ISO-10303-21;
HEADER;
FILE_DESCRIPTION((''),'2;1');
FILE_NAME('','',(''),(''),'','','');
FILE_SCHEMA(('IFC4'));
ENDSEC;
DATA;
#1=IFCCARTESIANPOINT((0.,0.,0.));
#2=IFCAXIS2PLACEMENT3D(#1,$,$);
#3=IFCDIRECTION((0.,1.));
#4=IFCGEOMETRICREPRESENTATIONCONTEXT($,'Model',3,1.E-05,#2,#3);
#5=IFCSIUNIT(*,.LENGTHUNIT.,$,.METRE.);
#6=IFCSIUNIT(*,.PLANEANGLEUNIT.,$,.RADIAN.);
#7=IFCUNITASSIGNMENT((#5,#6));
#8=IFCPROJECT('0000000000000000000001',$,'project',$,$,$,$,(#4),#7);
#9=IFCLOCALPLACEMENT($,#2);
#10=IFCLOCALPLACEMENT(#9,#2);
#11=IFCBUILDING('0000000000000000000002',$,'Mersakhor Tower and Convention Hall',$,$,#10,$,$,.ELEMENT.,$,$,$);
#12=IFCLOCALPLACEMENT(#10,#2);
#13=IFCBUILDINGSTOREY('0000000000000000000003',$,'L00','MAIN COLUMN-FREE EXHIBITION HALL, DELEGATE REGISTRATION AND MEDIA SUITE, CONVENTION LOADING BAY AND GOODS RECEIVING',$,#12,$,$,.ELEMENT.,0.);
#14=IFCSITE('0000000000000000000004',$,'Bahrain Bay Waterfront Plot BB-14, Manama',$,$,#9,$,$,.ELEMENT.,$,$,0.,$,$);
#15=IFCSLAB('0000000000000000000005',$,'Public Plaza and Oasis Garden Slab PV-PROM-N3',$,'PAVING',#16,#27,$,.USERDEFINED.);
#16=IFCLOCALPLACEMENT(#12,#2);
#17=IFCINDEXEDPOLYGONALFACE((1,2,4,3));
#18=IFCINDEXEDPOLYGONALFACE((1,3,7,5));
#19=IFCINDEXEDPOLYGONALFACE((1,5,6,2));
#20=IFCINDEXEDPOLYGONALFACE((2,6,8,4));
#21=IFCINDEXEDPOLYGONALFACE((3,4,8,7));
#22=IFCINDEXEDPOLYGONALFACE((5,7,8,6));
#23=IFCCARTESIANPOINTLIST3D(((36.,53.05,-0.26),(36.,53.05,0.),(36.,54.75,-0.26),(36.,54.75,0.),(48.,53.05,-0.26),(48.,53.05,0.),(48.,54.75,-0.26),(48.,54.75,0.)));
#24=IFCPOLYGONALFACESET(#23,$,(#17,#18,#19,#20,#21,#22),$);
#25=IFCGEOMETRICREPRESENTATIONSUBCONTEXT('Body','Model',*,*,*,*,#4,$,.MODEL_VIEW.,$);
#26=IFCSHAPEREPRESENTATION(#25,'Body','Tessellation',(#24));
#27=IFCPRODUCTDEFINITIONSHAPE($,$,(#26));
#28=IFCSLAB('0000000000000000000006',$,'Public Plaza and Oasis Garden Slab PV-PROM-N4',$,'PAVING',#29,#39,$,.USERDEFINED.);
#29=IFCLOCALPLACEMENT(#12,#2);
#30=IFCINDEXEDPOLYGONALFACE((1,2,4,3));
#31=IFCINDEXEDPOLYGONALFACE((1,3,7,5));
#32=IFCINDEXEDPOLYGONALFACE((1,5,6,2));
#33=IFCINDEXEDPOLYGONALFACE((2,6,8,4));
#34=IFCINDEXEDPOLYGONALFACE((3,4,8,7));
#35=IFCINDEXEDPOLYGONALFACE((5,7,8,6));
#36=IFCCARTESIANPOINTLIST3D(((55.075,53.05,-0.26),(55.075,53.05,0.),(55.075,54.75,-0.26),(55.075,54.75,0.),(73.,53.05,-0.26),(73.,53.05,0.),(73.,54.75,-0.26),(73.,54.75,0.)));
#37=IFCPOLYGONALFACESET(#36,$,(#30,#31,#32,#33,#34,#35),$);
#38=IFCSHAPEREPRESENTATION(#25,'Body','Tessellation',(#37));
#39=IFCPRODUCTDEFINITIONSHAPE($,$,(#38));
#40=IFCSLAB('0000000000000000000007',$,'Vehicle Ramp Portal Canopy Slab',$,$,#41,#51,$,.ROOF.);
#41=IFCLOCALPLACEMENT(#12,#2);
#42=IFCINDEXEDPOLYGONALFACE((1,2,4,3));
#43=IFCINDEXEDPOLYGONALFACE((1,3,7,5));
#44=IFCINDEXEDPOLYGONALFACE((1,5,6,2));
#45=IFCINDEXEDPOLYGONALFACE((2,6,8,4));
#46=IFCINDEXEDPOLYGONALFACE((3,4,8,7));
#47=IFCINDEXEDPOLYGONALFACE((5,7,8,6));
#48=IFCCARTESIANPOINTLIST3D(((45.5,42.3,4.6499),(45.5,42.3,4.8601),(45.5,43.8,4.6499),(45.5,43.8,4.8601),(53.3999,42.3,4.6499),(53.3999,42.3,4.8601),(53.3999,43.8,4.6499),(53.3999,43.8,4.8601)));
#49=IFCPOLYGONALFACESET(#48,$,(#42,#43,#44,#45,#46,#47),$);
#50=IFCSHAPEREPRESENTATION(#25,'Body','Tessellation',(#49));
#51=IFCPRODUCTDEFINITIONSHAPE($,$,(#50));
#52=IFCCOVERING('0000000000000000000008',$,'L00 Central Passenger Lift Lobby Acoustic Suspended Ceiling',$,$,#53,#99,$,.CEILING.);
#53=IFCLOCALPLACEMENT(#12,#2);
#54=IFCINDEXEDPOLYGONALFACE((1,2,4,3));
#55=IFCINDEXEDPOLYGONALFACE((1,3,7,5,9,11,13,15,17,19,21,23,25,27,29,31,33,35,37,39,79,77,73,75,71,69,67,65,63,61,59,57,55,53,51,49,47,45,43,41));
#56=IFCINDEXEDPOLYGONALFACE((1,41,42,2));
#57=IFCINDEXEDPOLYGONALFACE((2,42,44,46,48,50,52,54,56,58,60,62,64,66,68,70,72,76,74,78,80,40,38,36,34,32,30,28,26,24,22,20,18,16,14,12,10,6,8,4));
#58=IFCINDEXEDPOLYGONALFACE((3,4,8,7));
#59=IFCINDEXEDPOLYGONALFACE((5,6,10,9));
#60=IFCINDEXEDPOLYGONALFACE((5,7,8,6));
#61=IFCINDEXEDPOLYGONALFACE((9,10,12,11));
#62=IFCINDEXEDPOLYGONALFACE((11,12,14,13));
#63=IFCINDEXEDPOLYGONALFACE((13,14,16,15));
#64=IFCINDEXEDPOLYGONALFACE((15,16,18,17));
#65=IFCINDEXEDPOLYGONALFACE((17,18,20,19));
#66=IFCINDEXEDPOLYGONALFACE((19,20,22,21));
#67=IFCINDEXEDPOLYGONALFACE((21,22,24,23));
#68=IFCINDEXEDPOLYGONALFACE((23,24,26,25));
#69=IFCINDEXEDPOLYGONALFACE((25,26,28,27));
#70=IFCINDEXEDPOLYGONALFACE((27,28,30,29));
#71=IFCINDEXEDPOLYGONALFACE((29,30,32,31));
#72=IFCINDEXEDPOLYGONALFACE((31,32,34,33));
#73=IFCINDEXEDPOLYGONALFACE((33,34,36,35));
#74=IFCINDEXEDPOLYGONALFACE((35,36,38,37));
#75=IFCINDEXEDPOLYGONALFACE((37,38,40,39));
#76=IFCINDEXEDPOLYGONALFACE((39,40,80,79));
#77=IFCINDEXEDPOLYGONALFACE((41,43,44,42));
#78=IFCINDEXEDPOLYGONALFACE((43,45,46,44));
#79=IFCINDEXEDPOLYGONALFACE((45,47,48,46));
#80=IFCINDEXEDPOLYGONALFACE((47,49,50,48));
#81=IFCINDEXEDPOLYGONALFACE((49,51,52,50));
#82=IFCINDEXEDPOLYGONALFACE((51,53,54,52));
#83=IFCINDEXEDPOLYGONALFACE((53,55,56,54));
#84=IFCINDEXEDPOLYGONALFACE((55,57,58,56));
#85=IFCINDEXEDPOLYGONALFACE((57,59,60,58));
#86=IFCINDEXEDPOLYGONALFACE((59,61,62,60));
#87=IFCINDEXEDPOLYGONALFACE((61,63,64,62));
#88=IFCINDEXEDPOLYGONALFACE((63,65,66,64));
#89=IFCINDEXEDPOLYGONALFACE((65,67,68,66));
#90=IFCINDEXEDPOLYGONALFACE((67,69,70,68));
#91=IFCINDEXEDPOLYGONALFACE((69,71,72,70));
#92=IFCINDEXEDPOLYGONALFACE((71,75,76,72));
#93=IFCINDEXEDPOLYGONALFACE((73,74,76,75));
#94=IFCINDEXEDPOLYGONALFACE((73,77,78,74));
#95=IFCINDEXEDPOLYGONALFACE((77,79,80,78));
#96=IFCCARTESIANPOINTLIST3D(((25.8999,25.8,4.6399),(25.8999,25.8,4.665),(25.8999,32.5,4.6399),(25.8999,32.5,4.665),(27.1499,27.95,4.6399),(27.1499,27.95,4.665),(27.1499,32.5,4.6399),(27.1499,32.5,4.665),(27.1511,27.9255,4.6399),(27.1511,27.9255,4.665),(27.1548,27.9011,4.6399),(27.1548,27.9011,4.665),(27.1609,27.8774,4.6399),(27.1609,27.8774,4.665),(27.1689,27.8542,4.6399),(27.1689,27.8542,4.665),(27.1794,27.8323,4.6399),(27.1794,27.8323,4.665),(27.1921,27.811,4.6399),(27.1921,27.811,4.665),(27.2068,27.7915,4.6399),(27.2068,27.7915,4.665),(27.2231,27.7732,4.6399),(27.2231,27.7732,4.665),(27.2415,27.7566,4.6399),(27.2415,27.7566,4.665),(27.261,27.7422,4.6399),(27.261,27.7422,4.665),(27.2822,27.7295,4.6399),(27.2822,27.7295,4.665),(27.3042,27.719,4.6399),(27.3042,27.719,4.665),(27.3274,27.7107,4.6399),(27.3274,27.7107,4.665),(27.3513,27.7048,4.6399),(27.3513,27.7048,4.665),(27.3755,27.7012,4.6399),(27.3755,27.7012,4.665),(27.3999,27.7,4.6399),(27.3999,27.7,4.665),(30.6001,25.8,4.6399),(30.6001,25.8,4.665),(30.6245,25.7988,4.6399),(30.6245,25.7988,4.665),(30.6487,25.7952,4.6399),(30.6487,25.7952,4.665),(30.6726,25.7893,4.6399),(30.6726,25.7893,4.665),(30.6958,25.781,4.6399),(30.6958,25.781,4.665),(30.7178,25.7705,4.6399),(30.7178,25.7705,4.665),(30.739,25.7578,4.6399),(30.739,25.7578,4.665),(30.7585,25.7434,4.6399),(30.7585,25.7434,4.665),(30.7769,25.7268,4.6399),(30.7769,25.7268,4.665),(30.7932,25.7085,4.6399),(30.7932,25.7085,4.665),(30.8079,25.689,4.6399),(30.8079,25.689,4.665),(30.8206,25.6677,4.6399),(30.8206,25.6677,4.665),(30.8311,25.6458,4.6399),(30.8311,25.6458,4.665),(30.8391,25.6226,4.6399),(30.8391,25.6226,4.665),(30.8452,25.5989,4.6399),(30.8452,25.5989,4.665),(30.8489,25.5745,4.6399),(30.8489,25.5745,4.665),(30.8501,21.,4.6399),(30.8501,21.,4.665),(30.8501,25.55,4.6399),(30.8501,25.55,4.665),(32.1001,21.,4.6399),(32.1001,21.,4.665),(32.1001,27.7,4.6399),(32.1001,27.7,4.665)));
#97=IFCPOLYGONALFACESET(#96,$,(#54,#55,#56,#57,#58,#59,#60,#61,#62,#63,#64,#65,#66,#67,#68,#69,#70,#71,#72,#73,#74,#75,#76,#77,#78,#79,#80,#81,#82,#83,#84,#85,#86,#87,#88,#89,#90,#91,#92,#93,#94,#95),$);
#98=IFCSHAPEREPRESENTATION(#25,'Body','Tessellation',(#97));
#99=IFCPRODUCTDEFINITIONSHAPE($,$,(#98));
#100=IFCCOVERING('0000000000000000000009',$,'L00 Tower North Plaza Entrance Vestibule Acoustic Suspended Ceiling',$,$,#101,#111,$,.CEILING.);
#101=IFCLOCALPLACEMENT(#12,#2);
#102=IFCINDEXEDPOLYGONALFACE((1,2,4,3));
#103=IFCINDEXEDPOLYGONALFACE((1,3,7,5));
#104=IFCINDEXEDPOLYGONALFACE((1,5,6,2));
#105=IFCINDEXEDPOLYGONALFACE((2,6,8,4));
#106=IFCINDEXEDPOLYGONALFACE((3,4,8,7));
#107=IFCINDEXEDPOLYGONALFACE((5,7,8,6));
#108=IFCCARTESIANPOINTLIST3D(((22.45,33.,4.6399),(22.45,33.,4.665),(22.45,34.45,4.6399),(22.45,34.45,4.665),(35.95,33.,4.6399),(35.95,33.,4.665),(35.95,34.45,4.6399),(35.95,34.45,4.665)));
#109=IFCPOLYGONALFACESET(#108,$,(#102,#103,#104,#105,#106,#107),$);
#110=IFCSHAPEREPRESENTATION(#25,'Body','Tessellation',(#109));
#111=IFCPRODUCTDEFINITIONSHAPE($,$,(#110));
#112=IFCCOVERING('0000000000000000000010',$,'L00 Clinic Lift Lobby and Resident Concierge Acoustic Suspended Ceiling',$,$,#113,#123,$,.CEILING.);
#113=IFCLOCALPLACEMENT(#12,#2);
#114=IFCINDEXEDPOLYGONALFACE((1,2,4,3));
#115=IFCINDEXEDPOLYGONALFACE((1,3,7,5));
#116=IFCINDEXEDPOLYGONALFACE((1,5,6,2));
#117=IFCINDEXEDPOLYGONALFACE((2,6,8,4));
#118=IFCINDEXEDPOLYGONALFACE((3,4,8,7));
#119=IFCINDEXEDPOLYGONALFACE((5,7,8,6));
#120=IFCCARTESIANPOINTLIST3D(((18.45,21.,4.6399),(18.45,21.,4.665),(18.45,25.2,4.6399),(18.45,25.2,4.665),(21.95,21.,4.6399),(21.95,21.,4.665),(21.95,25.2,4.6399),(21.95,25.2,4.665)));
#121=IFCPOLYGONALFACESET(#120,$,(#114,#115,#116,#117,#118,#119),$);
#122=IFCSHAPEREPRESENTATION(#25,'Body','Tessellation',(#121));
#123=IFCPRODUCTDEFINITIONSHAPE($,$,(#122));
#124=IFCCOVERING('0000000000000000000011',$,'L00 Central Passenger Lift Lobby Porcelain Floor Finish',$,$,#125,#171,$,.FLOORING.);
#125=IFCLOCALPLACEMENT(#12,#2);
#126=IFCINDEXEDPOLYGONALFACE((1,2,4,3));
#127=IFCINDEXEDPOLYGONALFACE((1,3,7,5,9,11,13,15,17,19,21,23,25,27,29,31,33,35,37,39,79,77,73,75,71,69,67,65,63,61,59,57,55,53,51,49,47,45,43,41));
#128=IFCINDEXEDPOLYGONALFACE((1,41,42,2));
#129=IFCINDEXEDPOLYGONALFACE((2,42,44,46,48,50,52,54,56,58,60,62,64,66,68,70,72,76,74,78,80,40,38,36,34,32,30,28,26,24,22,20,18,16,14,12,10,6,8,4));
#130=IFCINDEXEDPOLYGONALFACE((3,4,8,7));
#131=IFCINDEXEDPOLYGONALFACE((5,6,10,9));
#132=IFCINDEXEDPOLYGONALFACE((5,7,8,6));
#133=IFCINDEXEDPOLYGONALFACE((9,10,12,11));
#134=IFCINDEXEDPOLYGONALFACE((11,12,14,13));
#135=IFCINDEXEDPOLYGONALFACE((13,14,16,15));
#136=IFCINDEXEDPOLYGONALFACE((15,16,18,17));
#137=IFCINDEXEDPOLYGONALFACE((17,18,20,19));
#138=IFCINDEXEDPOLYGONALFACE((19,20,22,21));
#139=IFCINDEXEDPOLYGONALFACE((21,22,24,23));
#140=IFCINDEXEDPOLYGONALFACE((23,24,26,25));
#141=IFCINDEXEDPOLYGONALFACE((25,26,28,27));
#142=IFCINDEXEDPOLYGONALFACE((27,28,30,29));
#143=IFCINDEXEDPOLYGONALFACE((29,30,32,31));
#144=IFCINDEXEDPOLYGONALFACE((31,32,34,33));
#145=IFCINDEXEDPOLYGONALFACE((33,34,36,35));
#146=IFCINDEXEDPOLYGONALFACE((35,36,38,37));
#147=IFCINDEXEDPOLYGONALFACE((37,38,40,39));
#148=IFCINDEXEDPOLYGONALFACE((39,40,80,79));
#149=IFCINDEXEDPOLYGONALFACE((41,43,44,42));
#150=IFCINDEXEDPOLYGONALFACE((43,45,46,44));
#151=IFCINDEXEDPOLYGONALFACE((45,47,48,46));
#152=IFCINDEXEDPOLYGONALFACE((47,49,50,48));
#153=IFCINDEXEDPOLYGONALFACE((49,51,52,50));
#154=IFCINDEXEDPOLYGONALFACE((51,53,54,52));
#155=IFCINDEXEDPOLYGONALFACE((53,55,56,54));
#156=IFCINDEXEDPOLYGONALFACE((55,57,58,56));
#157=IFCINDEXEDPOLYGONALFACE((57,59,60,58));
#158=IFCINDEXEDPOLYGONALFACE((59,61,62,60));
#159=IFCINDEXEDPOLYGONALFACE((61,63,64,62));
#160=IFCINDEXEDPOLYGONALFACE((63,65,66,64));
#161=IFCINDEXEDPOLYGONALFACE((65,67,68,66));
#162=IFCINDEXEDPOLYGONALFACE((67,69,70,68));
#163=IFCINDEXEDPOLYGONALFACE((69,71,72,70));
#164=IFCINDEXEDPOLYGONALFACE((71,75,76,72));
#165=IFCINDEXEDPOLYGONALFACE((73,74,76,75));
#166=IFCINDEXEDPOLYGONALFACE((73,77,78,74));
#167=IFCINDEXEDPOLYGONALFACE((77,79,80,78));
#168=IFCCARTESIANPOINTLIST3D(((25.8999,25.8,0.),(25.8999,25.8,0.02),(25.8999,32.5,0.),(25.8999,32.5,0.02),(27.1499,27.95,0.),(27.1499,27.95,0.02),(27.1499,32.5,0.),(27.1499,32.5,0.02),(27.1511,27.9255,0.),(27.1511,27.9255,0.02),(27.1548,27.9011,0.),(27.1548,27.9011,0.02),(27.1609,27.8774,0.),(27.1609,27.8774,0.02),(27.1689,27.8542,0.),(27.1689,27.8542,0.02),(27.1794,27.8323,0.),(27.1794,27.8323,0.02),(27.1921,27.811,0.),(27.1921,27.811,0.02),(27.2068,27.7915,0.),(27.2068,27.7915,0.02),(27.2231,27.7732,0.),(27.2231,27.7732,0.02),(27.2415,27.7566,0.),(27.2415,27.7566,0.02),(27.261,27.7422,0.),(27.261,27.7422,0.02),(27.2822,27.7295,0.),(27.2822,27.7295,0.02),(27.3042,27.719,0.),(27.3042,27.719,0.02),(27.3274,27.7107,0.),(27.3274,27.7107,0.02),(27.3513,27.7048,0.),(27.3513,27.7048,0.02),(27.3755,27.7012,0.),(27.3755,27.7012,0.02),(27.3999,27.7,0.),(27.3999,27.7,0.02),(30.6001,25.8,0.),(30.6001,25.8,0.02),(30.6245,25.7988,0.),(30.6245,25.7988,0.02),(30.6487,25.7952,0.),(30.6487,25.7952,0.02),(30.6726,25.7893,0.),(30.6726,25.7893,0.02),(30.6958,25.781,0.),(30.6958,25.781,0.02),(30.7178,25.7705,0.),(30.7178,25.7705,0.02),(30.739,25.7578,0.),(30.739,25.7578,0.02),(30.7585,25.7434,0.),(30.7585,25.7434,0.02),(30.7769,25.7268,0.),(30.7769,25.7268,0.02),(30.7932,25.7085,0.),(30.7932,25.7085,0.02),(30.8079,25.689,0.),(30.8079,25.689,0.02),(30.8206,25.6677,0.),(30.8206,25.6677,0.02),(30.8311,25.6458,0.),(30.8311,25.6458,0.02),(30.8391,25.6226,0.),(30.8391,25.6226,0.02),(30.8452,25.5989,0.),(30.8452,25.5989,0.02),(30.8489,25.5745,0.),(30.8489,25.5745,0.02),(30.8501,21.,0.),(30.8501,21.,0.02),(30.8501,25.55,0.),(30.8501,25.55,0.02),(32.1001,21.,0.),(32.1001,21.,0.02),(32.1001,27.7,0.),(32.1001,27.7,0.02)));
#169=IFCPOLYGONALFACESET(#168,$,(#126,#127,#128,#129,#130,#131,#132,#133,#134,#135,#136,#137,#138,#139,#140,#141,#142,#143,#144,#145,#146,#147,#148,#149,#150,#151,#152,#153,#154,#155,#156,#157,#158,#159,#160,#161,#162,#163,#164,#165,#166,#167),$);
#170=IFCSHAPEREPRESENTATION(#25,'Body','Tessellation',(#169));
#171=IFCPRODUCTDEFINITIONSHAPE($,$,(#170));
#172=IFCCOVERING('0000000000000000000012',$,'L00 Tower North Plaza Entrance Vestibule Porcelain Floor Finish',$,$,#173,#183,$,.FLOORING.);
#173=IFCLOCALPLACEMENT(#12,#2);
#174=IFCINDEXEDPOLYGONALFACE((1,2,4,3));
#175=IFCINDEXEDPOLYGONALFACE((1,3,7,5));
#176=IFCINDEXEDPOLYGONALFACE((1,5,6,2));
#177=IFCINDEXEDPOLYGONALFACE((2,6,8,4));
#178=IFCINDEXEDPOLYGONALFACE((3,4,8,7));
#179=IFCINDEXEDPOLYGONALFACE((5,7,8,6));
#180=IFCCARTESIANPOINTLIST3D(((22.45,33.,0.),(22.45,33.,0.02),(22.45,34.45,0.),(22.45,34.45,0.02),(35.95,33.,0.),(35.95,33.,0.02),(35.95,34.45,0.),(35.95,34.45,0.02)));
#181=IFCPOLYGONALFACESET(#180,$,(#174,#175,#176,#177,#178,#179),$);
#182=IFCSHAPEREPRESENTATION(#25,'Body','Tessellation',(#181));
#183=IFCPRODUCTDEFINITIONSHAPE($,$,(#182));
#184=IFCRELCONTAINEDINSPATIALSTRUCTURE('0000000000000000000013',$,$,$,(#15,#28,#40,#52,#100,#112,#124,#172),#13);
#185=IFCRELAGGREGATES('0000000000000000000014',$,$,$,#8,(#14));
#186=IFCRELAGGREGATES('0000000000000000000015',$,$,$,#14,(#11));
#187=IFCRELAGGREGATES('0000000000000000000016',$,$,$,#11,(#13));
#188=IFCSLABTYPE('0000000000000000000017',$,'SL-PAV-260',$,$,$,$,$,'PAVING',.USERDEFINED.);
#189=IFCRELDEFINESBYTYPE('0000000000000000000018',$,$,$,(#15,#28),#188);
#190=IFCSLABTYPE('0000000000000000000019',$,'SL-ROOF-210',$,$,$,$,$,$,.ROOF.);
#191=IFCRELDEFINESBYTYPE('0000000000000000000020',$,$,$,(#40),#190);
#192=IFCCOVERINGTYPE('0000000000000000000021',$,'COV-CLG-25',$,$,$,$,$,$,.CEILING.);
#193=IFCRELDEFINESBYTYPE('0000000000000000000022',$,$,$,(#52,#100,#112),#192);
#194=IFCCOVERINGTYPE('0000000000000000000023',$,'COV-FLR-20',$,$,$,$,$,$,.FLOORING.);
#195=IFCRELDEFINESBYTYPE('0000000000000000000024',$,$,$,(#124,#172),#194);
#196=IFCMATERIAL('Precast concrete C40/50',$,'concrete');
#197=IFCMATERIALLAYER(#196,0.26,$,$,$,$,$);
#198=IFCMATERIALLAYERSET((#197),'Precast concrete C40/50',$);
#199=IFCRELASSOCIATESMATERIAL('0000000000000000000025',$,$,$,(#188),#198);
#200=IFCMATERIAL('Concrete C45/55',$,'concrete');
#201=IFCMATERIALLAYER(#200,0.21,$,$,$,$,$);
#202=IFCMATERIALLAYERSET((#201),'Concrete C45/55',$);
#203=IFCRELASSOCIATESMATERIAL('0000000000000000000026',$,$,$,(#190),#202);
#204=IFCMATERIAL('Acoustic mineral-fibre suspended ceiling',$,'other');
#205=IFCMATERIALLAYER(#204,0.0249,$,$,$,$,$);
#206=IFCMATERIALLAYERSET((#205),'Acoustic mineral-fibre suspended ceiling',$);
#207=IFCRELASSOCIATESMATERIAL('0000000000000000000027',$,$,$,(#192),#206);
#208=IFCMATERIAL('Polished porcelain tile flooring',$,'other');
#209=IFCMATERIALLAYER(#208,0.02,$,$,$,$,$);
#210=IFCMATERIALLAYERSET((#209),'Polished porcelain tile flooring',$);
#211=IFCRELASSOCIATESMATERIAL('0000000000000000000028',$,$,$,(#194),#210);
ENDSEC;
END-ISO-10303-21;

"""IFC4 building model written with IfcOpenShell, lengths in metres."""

from ifc_helpers import new_model, si_unit, direction, frame, origin, place, context, subcontext, project, spatial, polyline, outline, extrude, material, layer, layer_set, type_object, element, save


model = new_model("IFC4")

# Units and contexts
model_context = context("Model", 3, precision=1e-05, world=origin(), true_north=direction((0.0, 1.0)))
body_context = subcontext(model_context, "Body", "Model", "MODEL_VIEW")
ifc_project = project(units=[si_unit("LENGTHUNIT", "METRE"), si_unit("PLANEANGLEUNIT", "RADIAN")], contexts=[model_context])

# Site, building, storey
site_placement = place(None, origin())
site = spatial("IfcSite", under=ifc_project, at=site_placement, Name="Bahrain Bay Waterfront Plot BB-14, Manama", CompositionType="ELEMENT", RefElevation=0.0)
building_placement = place(site_placement, origin())
building = spatial("IfcBuilding", under=site, at=building_placement, Name="Mersakhor Tower and Convention Hall", CompositionType="ELEMENT")
storey_placement = place(building_placement, origin())
storey = spatial("IfcBuildingStorey", under=building, at=storey_placement, Name="L00", Description="MAIN COLUMN-FREE EXHIBITION HALL, DELEGATE REGISTRATION AND MEDIA SUITE, CONVENTION LOADING BAY AND GOODS RECEIVING", CompositionType="ELEMENT", Elevation=0.0)

# Slabs
ifc_material_1 = material(Name="Precast concrete C40/50", Category="concrete")
ifc_layer_1 = layer(ifc_material_1, 0.26)
ifc_layer_set_1 = layer_set([ifc_layer_1], Name="Precast concrete C40/50")
slab_type_1 = type_object("IfcSlabType", Name="SL-PAV-260", ElementType="PAVING", PredefinedType="USERDEFINED", material=ifc_layer_set_1)
slab_1_placement = place(storey_placement, frame((0.0, 0.0, -0.26)))
element("IfcSlab", 1, at=slab_1_placement, inside=storey, type_object=slab_type_1, Name="Public Plaza and Oasis Garden Slab PV-PROM-N3", ObjectType="PAVING", PredefinedType="USERDEFINED", context=body_context, shape_type="SweptSolid", body=[
    extrude(outline(polyline([(36.0, 53.05), (36.0, 54.75), (48.0, 54.75), (48.0, 53.05), (36.0, 53.05)])), origin(), (0.0, 0.0, 1.0), 0.26),
])
slab_2_placement = place(storey_placement, frame((0.0, 0.0, -0.26)))
element("IfcSlab", 2, at=slab_2_placement, inside=storey, type_object=slab_type_1, Name="Public Plaza and Oasis Garden Slab PV-PROM-N4", ObjectType="PAVING", PredefinedType="USERDEFINED", context=body_context, shape_type="SweptSolid", body=[
    extrude(outline(polyline([(55.075, 53.05), (55.075, 54.75), (73.0, 54.75), (73.0, 53.05), (55.075, 53.05)])), origin(), (0.0, 0.0, 1.0), 0.26),
])
ifc_material_2 = material(Name="Concrete C45/55", Category="concrete")
ifc_layer_2 = layer(ifc_material_2, 0.21)
ifc_layer_set_2 = layer_set([ifc_layer_2], Name="Concrete C45/55")
slab_type_2 = type_object("IfcSlabType", Name="SL-ROOF-210", PredefinedType="ROOF", material=ifc_layer_set_2)
slab_3_placement = place(storey_placement, frame((0.0, 0.0, 4.6499)))
element("IfcSlab", 3, at=slab_3_placement, inside=storey, type_object=slab_type_2, Name="Vehicle Ramp Portal Canopy Slab", PredefinedType="ROOF", context=body_context, shape_type="SweptSolid", body=[
    extrude(outline(polyline([(45.5, 42.3), (45.5, 43.8), (53.3999, 43.8), (53.3999, 42.3), (45.5, 42.3)])), origin(), (0.0, 0.0, 1.0), 0.2102),
])

# Coverings
ifc_material_3 = material(Name="Acoustic mineral-fibre suspended ceiling", Category="other")
ifc_layer_3 = layer(ifc_material_3, 0.0249)
ifc_layer_set_3 = layer_set([ifc_layer_3], Name="Acoustic mineral-fibre suspended ceiling")
covering_type_1 = type_object("IfcCoveringType", Name="COV-CLG-25", PredefinedType="CEILING", material=ifc_layer_set_3)
covering_1_placement = place(storey_placement, frame((0.0, 0.0, 4.6399)))
element("IfcCovering", 4, at=covering_1_placement, inside=storey, type_object=covering_type_1, Name="L00 Central Passenger Lift Lobby Acoustic Suspended Ceiling", PredefinedType="CEILING", context=body_context, shape_type="SweptSolid", body=[
    extrude(outline(polyline([(30.8501, 21.0), (30.8501, 25.55), (30.8489, 25.5745), (30.8452, 25.5989), (30.8391, 25.6226), (30.8311, 25.6458), (30.8206, 25.6677), (30.8079, 25.689), (30.7932, 25.7085), (30.7769, 25.7268), (30.7585, 25.7434), (30.739, 25.7578), (30.7178, 25.7705), (30.6958, 25.781), (30.6726, 25.7893), (30.6487, 25.7952), (30.6245, 25.7988), (30.6001, 25.8), (25.8999, 25.8), (25.8999, 32.5), (27.1499, 32.5), (27.1499, 27.95), (27.1511, 27.9255), (27.1548, 27.9011), (27.1609, 27.8774), (27.1689, 27.8542), (27.1794, 27.8323), (27.1921, 27.811), (27.2068, 27.7915), (27.2231, 27.7732), (27.2415, 27.7566), (27.261, 27.7422), (27.2822, 27.7295), (27.3042, 27.719), (27.3274, 27.7107), (27.3513, 27.7048), (27.3755, 27.7012), (27.3999, 27.7), (32.1001, 27.7), (32.1001, 21.0), (30.8501, 21.0)])), origin(), (0.0, 0.0, 1.0), 0.0251),
])
covering_2_placement = place(storey_placement, frame((0.0, 0.0, 4.6399)))
element("IfcCovering", 5, at=covering_2_placement, inside=storey, type_object=covering_type_1, Name="L00 Tower North Plaza Entrance Vestibule Acoustic Suspended Ceiling", PredefinedType="CEILING", context=body_context, shape_type="SweptSolid", body=[
    extrude(outline(polyline([(22.45, 34.45), (35.95, 34.45), (35.95, 33.0), (22.45, 33.0), (22.45, 34.45)])), origin(), (0.0, 0.0, 1.0), 0.0251),
])
covering_3_placement = place(storey_placement, frame((0.0, 0.0, 4.6399)))
element("IfcCovering", 6, at=covering_3_placement, inside=storey, type_object=covering_type_1, Name="L00 Clinic Lift Lobby and Resident Concierge Acoustic Suspended Ceiling", PredefinedType="CEILING", context=body_context, shape_type="SweptSolid", body=[
    extrude(outline(polyline([(18.45, 25.2), (21.95, 25.2), (21.95, 21.0), (18.45, 21.0), (18.45, 25.2)])), origin(), (0.0, 0.0, 1.0), 0.0251),
])
ifc_material_4 = material(Name="Polished porcelain tile flooring", Category="other")
ifc_layer_4 = layer(ifc_material_4, 0.02)
ifc_layer_set_4 = layer_set([ifc_layer_4], Name="Polished porcelain tile flooring")
covering_type_2 = type_object("IfcCoveringType", Name="COV-FLR-20", PredefinedType="FLOORING", material=ifc_layer_set_4)
covering_4_placement = place(storey_placement, origin())
element("IfcCovering", 7, at=covering_4_placement, inside=storey, type_object=covering_type_2, Name="L00 Central Passenger Lift Lobby Porcelain Floor Finish", PredefinedType="FLOORING", context=body_context, shape_type="SweptSolid", body=[
    extrude(outline(polyline([(30.8501, 21.0), (30.8501, 25.55), (30.8489, 25.5745), (30.8452, 25.5989), (30.8391, 25.6226), (30.8311, 25.6458), (30.8206, 25.6677), (30.8079, 25.689), (30.7932, 25.7085), (30.7769, 25.7268), (30.7585, 25.7434), (30.739, 25.7578), (30.7178, 25.7705), (30.6958, 25.781), (30.6726, 25.7893), (30.6487, 25.7952), (30.6245, 25.7988), (30.6001, 25.8), (25.8999, 25.8), (25.8999, 32.5), (27.1499, 32.5), (27.1499, 27.95), (27.1511, 27.9255), (27.1548, 27.9011), (27.1609, 27.8774), (27.1689, 27.8542), (27.1794, 27.8323), (27.1921, 27.811), (27.2068, 27.7915), (27.2231, 27.7732), (27.2415, 27.7566), (27.261, 27.7422), (27.2822, 27.7295), (27.3042, 27.719), (27.3274, 27.7107), (27.3513, 27.7048), (27.3755, 27.7012), (27.3999, 27.7), (32.1001, 27.7), (32.1001, 21.0), (30.8501, 21.0)])), origin(), (0.0, 0.0, 1.0), 0.02),
])
covering_5_placement = place(storey_placement, origin())
element("IfcCovering", 8, at=covering_5_placement, inside=storey, type_object=covering_type_2, Name="L00 Tower North Plaza Entrance Vestibule Porcelain Floor Finish", PredefinedType="FLOORING", context=body_context, shape_type="SweptSolid", body=[
    extrude(outline(polyline([(22.45, 34.45), (35.95, 34.45), (35.95, 33.0), (22.45, 33.0), (22.45, 34.45)])), origin(), (0.0, 0.0, 1.0), 0.02),
])

save(model, "model.ifc")
